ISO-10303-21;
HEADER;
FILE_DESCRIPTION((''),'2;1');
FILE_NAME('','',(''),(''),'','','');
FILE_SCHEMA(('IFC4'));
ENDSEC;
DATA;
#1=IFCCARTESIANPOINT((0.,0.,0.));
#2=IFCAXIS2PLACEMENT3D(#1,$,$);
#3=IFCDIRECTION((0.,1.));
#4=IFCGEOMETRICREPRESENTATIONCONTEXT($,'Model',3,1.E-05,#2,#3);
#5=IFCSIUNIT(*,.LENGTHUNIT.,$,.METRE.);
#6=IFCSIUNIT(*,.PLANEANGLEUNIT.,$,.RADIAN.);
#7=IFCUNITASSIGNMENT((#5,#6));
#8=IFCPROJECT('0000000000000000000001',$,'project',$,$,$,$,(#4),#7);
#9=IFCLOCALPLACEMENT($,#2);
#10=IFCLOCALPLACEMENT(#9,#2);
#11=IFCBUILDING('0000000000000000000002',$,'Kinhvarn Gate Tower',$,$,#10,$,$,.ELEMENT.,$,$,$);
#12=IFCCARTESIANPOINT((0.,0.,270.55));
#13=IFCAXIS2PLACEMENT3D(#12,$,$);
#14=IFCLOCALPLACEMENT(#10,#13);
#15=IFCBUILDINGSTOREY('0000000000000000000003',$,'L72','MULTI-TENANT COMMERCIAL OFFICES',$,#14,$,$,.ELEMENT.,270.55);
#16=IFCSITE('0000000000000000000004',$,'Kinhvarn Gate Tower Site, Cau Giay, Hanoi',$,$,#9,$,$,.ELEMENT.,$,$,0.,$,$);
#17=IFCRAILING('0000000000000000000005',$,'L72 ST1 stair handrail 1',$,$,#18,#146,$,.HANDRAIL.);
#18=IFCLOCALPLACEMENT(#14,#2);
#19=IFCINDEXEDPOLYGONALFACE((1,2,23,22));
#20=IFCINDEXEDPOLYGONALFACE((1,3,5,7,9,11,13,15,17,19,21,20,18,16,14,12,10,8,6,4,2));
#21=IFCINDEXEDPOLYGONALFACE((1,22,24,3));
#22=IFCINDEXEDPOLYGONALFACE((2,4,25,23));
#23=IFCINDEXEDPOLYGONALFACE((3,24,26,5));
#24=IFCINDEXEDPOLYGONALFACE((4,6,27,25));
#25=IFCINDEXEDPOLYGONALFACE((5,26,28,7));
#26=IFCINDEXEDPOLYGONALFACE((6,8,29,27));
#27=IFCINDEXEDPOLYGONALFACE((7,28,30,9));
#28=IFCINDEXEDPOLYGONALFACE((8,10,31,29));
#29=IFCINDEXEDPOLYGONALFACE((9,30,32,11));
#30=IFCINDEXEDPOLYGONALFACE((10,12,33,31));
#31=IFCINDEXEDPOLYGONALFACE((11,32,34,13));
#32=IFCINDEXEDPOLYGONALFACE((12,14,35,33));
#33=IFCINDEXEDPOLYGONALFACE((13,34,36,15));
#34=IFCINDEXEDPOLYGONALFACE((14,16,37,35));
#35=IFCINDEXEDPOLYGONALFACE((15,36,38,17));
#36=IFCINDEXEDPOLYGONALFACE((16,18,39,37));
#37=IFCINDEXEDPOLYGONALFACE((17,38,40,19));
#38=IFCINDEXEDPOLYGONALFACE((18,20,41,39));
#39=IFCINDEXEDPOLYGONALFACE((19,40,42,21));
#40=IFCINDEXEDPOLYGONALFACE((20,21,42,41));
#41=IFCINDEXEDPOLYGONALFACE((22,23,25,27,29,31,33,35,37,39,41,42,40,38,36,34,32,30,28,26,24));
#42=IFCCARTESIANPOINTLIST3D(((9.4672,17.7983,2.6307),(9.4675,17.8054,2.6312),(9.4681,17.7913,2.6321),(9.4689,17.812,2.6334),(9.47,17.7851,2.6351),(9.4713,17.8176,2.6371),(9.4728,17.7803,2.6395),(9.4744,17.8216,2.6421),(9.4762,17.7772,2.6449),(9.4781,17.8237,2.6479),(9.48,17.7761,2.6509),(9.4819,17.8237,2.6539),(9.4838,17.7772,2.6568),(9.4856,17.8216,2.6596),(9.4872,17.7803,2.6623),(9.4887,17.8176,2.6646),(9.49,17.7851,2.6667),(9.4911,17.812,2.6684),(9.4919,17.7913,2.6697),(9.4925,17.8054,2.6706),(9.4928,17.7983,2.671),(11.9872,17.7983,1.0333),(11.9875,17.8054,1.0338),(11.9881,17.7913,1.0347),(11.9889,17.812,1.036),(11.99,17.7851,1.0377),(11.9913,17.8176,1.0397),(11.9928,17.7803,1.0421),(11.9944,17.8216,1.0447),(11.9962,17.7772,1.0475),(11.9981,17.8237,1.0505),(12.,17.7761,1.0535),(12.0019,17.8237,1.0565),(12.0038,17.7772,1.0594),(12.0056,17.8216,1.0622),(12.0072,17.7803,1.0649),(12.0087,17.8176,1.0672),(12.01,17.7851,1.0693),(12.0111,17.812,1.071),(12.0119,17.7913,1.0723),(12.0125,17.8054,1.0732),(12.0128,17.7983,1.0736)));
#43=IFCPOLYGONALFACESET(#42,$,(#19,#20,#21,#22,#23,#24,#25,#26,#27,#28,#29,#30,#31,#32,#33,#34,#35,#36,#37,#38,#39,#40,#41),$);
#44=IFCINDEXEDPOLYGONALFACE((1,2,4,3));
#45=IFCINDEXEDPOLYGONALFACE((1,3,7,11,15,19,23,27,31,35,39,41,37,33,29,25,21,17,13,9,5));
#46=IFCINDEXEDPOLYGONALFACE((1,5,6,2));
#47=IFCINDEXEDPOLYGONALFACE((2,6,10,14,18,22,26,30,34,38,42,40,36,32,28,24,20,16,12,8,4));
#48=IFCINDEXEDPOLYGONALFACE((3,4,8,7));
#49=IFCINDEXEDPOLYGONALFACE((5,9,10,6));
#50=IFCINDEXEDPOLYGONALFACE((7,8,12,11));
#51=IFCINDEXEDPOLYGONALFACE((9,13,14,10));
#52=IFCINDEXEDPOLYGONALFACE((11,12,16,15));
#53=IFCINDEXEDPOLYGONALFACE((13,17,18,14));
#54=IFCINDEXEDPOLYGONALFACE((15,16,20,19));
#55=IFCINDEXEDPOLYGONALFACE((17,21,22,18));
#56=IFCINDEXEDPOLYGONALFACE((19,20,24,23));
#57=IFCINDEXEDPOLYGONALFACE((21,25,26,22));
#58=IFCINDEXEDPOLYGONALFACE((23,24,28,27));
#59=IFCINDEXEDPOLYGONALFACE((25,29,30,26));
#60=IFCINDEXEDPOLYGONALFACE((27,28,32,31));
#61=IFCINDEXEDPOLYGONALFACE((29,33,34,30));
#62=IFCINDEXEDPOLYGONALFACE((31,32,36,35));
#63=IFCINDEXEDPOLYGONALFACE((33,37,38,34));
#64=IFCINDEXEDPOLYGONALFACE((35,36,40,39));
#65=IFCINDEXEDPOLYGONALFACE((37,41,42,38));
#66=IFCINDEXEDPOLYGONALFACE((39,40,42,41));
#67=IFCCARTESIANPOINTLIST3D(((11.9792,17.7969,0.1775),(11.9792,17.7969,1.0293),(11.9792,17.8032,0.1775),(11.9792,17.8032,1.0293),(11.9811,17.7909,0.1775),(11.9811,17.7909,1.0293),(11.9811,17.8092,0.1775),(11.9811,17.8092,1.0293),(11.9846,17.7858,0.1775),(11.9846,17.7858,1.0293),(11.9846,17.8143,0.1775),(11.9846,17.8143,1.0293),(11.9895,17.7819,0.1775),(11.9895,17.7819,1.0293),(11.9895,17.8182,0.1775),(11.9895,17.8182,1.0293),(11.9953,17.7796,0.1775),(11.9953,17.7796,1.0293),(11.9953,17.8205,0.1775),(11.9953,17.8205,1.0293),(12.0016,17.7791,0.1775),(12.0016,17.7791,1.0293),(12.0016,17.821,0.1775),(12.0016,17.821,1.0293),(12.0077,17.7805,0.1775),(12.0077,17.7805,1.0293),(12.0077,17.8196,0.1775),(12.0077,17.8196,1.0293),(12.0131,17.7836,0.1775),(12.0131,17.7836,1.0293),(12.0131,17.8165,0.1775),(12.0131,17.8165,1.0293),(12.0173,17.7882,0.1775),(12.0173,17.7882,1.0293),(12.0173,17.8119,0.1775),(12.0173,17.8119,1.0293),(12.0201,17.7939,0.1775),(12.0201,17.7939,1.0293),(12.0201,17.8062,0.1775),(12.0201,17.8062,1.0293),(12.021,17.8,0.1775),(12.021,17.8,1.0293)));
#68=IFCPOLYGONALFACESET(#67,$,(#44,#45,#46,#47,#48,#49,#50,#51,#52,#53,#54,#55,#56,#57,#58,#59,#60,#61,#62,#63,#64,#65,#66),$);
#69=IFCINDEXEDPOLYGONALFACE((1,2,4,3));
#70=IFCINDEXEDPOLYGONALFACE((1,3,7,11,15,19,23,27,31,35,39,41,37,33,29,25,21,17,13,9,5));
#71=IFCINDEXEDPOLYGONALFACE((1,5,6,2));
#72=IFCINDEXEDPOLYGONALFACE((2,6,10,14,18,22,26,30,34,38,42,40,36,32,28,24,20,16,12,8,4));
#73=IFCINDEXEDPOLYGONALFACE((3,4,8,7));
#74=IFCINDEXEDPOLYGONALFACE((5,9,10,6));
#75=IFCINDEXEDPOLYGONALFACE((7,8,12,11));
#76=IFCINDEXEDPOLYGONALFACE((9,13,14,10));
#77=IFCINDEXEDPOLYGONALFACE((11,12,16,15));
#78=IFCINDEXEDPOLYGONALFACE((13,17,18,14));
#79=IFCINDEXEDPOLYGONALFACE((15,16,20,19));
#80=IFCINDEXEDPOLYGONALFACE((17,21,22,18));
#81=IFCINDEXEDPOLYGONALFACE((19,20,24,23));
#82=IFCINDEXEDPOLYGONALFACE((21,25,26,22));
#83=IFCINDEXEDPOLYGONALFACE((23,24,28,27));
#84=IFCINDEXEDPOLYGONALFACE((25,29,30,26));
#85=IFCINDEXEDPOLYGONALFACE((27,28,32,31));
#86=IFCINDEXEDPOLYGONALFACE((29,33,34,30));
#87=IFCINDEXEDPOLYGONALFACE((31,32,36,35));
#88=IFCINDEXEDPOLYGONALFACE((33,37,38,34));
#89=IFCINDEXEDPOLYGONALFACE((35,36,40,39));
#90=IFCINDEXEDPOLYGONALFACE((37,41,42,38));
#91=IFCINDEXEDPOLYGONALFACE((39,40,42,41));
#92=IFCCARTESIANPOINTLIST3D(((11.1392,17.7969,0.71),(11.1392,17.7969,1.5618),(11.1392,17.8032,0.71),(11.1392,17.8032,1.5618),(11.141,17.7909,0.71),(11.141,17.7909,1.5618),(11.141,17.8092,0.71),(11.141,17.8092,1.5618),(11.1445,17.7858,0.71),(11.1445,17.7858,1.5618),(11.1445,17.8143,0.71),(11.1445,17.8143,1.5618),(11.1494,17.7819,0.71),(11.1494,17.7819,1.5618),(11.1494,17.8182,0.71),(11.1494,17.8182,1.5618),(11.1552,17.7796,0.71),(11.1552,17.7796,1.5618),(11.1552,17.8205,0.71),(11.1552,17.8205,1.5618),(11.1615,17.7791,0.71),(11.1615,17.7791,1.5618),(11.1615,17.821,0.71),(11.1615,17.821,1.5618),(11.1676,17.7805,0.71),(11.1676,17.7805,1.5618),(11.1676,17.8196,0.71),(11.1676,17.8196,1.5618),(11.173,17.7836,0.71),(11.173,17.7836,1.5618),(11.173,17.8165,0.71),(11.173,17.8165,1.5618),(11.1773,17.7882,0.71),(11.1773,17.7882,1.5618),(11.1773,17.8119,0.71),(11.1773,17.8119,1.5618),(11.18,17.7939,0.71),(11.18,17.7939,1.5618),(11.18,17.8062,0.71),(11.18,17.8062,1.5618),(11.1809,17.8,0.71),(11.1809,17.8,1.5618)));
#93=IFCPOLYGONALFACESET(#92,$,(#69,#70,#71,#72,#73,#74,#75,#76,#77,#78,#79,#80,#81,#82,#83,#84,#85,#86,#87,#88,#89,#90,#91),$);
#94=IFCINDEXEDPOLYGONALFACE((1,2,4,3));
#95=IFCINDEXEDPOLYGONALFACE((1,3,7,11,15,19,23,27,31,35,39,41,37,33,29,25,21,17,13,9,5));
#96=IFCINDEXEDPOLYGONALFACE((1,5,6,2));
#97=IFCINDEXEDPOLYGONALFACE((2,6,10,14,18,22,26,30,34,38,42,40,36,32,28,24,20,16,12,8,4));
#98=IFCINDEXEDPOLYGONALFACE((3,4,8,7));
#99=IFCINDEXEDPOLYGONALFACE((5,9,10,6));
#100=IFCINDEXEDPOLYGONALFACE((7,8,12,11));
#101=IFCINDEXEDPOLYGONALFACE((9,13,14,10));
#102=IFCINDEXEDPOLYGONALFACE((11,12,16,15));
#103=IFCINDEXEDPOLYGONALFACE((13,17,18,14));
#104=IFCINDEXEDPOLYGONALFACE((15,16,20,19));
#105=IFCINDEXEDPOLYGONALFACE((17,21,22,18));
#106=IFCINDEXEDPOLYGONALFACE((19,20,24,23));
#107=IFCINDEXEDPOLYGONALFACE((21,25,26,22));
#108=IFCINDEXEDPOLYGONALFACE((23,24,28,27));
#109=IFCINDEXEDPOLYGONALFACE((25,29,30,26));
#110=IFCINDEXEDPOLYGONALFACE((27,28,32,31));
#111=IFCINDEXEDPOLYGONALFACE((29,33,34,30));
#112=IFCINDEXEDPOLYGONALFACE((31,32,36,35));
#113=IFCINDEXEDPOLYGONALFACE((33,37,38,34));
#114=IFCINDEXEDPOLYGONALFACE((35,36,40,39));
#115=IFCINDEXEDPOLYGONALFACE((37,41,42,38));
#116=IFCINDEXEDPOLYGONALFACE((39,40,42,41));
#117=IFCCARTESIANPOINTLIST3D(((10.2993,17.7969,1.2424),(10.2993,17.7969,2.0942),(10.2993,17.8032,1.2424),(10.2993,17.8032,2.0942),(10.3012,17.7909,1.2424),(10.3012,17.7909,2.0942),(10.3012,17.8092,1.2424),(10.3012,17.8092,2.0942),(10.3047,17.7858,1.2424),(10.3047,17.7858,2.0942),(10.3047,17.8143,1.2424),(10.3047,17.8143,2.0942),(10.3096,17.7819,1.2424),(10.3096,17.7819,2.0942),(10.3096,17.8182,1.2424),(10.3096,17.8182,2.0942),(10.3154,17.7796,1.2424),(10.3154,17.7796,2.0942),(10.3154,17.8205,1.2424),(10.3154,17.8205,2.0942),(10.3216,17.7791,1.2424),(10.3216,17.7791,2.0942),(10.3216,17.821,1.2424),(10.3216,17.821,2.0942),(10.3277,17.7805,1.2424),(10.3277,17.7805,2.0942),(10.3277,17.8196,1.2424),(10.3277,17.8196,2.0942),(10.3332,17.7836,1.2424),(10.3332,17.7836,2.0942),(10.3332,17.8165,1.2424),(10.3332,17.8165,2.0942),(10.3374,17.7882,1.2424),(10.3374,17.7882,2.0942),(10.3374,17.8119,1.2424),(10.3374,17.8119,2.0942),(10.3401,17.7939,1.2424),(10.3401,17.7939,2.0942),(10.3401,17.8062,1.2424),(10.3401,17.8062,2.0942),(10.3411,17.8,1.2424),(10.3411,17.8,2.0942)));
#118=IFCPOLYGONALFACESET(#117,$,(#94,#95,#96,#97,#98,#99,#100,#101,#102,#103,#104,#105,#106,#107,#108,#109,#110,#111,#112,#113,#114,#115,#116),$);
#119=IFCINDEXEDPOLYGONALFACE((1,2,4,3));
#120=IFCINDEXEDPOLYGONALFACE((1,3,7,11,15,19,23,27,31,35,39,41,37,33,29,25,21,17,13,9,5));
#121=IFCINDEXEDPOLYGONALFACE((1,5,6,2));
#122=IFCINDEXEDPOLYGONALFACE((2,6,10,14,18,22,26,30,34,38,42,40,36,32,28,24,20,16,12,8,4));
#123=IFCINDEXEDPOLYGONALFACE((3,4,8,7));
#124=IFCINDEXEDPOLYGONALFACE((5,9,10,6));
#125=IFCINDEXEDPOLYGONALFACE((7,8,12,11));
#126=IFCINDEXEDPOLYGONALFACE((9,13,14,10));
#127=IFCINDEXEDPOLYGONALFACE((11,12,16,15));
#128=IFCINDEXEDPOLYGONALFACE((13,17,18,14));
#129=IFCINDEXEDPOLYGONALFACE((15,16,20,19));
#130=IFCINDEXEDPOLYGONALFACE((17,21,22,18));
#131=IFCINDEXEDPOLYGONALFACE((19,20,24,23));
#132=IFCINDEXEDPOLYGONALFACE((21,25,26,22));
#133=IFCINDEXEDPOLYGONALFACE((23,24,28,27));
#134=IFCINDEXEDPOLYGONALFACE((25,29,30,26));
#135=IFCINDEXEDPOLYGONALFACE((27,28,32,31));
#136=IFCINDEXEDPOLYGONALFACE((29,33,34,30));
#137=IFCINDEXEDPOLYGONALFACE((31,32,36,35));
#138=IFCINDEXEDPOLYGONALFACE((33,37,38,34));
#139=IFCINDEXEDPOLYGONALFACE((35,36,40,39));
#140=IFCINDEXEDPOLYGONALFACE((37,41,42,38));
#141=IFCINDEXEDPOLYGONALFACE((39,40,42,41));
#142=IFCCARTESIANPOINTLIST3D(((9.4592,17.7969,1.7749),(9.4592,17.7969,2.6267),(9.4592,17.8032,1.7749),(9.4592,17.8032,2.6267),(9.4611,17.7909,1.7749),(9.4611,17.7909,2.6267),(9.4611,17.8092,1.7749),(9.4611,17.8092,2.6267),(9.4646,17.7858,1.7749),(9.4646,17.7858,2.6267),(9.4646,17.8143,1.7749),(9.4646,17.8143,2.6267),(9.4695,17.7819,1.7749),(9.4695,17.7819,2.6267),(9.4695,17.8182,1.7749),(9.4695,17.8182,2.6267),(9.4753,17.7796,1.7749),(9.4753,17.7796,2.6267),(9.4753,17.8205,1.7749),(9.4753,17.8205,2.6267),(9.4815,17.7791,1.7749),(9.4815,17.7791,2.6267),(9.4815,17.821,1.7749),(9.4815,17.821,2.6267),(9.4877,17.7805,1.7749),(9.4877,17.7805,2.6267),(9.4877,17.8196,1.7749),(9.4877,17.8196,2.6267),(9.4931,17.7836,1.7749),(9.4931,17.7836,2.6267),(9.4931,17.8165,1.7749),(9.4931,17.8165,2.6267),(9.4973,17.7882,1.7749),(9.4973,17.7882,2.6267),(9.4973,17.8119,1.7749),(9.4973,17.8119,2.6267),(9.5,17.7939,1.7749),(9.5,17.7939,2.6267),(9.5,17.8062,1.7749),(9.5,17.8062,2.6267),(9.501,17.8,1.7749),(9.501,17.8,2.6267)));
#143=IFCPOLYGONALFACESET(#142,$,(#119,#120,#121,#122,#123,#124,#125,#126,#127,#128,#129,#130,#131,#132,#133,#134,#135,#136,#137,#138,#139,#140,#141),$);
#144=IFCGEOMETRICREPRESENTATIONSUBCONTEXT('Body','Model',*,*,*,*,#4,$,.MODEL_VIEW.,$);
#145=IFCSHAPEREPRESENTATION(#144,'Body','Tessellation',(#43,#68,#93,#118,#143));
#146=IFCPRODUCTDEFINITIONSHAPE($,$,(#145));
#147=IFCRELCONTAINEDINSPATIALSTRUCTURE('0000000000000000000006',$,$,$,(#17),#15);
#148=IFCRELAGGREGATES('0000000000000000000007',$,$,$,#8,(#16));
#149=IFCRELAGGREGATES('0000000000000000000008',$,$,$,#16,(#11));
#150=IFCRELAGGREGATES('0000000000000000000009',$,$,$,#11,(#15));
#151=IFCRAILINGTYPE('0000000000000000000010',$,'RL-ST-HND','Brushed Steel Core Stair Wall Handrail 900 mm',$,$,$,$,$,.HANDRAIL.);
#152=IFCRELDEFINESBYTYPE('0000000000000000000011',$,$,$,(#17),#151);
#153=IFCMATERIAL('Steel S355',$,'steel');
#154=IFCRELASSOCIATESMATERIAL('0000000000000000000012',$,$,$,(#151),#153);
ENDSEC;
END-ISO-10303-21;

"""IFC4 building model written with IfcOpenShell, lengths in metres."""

from ifc_helpers import new_model, si_unit, direction, frame, origin, origin_2d, place, context, subcontext, project, spatial, circle, extrude, material, type_object, element, save


model = new_model("IFC4")

# Units and contexts
model_context = context("Model", 3, precision=1e-05, world=origin(), true_north=direction((0.0, 1.0)))
body_context = subcontext(model_context, "Body", "Model", "MODEL_VIEW")
ifc_project = project(units=[si_unit("LENGTHUNIT", "METRE"), si_unit("PLANEANGLEUNIT", "RADIAN")], contexts=[model_context])

# Site, building, storey
site_placement = place(None, origin())
site = spatial("IfcSite", under=ifc_project, at=site_placement, Name="Kinhvarn Gate Tower Site, Cau Giay, Hanoi", CompositionType="ELEMENT", RefElevation=0.0)
building_placement = place(site_placement, origin())
building = spatial("IfcBuilding", under=site, at=building_placement, Name="Kinhvarn Gate Tower", CompositionType="ELEMENT")
storey_placement = place(building_placement, frame((0.0, 0.0, 270.55)))
storey = spatial("IfcBuildingStorey", under=building, at=storey_placement, Name="L72", Description="MULTI-TENANT COMMERCIAL OFFICES", CompositionType="ELEMENT", Elevation=270.55)

# Shared definitions
ifc_material_1 = material(Name="Steel S355", Category="steel")

# Railing
railing_type_1 = type_object("IfcRailingType", Name="RL-ST-HND", Description="Brushed Steel Core Stair Wall Handrail 900 mm", PredefinedType="HANDRAIL", material=ifc_material_1)
railing_1_placement = place(storey_placement, frame((12.0, 17.8, 0.1775)))
element("IfcRailing", 1, at=railing_1_placement, inside=storey, type_object=railing_type_1, Name="L72 ST1 stair handrail 1", PredefinedType="HANDRAIL", context=body_context, shape_type="SweptSolid", body=[
    extrude(circle(Radius=0.0239, at=origin_2d()), frame((0.0, 0.0, 0.876), z_axis=(-0.844607, 0.0, 0.535387), x_axis=(0.0, -1.0, 0.0)), (0.0, 0.0, 1.0), 2.9836),
    extrude(circle(Radius=0.021, at=origin_2d()), origin(), (0.0, 0.0, 1.0), 0.8518),
    extrude(circle(Radius=0.021, at=origin_2d()), frame((-0.8401, 0.0, 0.5325)), (0.0, 0.0, 1.0), 0.8518),
    extrude(circle(Radius=0.021, at=origin_2d()), frame((-1.6799, 0.0, 1.0649)), (0.0, 0.0, 1.0), 0.8518),
    extrude(circle(Radius=0.021, at=origin_2d()), frame((-2.52, 0.0, 1.5974)), (0.0, 0.0, 1.0), 0.8518),
])

save(model, "model.ifc")
